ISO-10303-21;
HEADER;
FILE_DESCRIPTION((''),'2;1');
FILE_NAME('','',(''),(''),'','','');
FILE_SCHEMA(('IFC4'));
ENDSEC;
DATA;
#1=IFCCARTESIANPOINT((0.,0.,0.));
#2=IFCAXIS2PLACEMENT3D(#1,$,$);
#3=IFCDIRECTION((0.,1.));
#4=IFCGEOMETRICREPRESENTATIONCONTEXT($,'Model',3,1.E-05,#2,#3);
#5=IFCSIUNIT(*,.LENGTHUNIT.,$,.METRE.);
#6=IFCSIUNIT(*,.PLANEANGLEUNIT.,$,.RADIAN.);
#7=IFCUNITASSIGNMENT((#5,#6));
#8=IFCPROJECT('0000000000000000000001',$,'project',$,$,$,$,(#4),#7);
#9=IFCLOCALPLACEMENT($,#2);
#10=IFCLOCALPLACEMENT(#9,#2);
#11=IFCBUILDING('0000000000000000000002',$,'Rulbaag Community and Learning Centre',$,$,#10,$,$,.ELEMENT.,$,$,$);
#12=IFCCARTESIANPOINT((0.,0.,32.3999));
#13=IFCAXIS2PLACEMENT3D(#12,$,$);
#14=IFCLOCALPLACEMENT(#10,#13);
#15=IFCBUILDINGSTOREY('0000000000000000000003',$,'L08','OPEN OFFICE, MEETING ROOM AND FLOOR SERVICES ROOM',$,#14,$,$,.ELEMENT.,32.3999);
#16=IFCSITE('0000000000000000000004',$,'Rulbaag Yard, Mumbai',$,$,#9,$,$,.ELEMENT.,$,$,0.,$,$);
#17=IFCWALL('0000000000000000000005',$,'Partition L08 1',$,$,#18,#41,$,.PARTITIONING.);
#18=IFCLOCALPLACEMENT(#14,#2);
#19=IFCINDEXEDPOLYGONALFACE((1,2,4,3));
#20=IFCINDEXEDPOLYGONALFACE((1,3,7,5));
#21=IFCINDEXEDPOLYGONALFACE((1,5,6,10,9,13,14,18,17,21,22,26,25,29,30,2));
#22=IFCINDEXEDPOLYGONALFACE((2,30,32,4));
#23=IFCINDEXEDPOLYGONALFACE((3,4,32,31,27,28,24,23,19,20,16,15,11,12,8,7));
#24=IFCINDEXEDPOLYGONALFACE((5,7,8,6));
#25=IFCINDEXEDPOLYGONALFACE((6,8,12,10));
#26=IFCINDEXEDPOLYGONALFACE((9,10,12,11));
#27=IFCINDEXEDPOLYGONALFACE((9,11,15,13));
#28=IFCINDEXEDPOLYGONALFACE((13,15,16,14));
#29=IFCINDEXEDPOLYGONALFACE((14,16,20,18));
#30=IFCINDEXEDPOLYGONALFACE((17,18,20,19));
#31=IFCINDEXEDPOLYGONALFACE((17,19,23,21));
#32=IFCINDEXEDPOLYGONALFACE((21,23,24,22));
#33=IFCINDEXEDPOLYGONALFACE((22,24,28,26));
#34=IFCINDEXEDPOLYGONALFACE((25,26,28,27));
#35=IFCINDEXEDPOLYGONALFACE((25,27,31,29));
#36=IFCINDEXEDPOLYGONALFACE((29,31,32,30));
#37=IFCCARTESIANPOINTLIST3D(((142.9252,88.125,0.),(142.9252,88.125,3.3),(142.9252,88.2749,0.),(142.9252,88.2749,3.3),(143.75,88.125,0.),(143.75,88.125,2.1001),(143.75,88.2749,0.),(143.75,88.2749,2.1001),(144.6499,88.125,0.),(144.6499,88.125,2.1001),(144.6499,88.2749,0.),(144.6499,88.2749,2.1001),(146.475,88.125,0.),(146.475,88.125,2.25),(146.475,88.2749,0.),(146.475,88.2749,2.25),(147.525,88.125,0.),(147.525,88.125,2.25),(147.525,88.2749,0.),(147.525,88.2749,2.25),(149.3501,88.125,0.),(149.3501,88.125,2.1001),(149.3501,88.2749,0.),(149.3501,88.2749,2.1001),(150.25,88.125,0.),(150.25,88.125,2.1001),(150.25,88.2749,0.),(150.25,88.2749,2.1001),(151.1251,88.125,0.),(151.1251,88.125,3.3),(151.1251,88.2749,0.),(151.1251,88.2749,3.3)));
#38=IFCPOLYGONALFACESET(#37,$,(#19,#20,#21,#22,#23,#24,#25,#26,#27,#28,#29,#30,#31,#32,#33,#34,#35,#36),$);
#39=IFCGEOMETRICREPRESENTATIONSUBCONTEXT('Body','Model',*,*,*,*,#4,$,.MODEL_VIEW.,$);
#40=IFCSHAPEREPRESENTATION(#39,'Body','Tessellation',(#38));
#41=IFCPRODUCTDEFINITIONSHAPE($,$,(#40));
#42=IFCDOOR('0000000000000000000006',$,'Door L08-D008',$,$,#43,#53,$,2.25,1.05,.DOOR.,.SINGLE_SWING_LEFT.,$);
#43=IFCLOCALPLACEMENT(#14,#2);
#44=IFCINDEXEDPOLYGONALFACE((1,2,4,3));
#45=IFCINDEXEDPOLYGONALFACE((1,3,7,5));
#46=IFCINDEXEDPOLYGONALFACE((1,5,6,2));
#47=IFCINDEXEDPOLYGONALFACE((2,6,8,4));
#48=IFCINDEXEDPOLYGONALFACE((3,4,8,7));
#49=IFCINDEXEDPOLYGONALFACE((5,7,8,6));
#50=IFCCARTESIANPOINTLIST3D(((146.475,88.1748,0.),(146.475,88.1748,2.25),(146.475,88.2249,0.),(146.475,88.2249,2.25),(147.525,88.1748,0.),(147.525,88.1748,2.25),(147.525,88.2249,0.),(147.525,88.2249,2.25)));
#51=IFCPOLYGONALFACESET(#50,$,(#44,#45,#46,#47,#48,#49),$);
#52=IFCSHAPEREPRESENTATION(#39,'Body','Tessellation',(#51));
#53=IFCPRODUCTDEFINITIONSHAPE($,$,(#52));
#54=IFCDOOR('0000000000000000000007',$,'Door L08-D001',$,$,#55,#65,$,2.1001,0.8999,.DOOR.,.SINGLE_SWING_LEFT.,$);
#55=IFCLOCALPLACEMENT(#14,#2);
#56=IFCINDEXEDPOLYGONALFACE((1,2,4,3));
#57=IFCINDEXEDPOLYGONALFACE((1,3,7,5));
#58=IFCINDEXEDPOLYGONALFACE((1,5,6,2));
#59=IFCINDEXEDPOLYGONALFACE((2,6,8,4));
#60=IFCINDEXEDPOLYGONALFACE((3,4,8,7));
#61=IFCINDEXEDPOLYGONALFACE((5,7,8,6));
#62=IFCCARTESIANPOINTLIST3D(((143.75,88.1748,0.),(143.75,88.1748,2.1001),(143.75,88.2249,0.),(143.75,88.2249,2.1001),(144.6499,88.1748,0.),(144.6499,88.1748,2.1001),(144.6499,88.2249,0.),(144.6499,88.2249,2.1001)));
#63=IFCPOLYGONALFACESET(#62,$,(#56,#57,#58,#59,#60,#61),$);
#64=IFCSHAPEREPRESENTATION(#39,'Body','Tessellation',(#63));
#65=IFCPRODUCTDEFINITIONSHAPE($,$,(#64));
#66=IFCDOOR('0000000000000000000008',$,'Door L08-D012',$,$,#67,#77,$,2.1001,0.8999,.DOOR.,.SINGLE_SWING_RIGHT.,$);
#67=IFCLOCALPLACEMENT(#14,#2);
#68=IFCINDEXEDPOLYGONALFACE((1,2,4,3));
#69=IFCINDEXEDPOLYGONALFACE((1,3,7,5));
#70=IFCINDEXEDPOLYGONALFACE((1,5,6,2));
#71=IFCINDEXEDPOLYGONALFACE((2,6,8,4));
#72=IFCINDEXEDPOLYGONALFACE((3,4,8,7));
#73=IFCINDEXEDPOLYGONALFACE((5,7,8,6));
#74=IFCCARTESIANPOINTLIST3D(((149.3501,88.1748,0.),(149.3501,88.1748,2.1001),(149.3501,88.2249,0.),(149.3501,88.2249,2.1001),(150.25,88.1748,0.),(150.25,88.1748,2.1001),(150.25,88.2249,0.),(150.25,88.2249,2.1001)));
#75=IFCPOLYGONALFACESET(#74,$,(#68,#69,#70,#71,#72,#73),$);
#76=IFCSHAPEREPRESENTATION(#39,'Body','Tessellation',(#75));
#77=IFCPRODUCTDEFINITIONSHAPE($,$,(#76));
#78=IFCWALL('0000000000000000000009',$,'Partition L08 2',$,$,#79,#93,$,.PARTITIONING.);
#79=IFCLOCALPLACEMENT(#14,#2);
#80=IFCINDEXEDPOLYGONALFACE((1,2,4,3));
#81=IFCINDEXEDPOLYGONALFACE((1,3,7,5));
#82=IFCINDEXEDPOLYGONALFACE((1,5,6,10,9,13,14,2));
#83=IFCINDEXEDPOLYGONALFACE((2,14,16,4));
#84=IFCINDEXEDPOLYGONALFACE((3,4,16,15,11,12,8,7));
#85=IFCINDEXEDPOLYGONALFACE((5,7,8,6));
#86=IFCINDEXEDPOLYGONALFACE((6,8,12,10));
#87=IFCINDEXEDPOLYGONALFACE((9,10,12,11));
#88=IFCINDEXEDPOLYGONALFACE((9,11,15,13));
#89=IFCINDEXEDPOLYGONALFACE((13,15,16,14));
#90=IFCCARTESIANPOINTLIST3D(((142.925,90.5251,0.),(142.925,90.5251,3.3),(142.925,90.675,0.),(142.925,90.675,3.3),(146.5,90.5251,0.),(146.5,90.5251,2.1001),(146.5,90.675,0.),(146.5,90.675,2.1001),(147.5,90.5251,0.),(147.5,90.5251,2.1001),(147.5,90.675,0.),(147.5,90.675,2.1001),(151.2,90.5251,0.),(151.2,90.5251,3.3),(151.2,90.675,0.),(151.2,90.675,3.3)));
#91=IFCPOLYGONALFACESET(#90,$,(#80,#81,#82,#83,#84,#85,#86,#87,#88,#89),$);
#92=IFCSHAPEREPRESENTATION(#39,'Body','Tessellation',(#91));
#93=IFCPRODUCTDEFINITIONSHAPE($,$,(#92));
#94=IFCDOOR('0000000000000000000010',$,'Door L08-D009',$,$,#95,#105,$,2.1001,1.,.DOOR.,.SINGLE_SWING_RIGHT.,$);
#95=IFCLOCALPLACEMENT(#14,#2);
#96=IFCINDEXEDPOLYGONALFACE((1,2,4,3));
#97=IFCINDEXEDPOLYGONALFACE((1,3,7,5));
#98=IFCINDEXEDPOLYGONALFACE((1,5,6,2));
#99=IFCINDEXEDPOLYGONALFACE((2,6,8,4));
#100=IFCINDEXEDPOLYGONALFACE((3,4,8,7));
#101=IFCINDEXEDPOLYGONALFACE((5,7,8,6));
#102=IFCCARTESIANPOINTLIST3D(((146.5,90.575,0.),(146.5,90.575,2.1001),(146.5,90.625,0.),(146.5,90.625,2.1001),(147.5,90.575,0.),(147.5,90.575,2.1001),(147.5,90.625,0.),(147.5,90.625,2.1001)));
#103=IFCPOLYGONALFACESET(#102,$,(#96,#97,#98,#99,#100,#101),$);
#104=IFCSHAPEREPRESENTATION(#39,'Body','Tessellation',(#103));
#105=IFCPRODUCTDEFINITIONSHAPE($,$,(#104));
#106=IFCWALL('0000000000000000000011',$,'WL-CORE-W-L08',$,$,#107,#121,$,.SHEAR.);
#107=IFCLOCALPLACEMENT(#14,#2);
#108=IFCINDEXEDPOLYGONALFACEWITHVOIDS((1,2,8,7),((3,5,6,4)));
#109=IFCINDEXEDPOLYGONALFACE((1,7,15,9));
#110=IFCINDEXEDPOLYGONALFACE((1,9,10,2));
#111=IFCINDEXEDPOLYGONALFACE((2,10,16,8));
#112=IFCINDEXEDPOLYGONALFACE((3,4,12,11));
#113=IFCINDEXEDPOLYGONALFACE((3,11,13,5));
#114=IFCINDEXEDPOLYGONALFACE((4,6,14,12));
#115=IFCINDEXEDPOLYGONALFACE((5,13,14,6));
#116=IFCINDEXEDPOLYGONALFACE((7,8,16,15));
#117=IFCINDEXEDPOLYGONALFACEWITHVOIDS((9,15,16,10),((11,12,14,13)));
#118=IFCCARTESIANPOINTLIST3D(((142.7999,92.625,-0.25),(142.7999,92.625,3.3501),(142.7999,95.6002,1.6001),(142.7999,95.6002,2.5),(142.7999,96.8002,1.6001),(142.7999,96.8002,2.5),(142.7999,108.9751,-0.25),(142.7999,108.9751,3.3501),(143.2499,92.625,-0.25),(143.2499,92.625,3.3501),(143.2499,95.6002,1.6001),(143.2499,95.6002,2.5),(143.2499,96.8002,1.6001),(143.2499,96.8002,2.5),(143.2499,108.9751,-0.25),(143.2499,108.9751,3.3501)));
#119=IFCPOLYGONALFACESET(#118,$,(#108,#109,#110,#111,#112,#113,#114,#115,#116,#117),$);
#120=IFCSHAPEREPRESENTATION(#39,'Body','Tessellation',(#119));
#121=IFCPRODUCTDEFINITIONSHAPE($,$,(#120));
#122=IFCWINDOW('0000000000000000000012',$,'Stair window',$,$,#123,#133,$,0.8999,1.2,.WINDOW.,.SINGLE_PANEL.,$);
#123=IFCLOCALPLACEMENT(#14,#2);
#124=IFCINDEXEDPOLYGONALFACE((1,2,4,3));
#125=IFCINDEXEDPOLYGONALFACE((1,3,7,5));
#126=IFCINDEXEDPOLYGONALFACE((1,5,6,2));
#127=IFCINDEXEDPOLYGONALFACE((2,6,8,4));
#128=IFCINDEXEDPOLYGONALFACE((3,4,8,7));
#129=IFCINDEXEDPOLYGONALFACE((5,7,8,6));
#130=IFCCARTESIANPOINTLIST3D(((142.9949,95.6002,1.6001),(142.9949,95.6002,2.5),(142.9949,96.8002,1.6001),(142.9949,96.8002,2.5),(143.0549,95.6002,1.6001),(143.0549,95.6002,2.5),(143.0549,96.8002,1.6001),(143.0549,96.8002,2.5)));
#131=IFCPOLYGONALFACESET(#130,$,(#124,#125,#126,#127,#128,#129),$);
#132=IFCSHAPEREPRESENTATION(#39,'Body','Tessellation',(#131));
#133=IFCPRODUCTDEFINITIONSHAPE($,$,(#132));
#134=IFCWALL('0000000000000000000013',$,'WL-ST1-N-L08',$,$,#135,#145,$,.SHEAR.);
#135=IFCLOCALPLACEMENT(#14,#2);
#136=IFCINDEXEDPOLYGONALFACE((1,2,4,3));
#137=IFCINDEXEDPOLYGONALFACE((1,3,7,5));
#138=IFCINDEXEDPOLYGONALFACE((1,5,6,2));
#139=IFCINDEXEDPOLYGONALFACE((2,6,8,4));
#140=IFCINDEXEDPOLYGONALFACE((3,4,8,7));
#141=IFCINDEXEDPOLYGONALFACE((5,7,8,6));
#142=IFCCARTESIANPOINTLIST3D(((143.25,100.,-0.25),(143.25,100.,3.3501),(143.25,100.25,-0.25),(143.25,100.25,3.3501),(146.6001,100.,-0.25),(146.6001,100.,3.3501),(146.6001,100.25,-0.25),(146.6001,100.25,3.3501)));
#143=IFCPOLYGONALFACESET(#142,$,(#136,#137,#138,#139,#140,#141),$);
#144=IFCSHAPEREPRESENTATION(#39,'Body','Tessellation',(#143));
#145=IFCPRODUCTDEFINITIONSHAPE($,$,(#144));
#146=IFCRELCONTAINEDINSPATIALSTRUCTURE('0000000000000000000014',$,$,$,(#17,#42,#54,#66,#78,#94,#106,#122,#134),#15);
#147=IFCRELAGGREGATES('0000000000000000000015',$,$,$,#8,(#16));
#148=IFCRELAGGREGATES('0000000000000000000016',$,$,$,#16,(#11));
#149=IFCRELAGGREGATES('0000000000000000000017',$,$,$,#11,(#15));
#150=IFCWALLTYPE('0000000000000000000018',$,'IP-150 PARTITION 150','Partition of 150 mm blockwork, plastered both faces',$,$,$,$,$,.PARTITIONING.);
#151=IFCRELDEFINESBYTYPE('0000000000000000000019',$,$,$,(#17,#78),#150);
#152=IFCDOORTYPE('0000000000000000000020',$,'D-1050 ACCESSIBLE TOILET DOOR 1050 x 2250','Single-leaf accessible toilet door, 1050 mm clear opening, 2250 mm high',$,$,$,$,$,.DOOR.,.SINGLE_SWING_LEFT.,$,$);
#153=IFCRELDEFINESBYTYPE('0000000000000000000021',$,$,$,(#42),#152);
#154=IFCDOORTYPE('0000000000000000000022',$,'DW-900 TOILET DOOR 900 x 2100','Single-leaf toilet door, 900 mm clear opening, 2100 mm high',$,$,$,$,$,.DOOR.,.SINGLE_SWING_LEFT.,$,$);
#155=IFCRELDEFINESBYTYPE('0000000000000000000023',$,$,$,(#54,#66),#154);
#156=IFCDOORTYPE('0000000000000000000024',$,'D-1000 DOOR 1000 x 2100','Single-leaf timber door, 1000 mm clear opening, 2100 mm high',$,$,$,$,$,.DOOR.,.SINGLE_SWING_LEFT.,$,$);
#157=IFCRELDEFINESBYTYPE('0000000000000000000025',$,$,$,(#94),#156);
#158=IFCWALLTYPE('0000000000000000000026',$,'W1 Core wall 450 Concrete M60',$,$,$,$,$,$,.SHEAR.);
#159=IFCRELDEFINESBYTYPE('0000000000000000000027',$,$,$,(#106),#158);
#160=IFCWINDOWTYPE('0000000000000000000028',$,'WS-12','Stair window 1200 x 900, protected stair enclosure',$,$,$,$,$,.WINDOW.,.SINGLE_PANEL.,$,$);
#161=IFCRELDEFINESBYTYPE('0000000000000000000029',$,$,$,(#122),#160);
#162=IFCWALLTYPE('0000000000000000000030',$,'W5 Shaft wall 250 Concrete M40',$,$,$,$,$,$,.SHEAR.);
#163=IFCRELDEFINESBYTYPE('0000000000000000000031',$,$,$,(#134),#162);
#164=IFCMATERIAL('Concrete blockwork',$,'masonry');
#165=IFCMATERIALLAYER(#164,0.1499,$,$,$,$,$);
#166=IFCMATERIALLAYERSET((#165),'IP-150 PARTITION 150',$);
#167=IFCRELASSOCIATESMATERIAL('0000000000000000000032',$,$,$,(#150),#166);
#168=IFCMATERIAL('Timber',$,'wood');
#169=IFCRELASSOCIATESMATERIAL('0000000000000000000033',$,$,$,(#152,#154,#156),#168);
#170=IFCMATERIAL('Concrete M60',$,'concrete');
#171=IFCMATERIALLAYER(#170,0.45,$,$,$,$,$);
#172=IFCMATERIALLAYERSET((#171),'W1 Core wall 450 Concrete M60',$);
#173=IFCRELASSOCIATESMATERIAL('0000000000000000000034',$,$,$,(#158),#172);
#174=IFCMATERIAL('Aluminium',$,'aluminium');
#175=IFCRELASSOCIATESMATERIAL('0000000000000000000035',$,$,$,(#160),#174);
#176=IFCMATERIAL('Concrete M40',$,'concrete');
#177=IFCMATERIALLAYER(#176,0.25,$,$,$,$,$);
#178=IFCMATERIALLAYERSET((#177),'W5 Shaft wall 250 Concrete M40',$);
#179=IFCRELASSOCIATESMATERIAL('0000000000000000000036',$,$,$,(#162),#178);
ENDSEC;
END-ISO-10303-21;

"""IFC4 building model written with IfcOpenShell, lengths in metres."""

from ifc_helpers import new_model, si_unit, direction, frame, frame_2d, origin, place, context, subcontext, project, spatial, rectangle, extrude, material, layer, layer_set, type_object, element, fill, save


model = new_model("IFC4")

# Units and contexts
model_context = context("Model", 3, precision=1e-05, world=origin(), true_north=direction((0.0, 1.0)))
body_context = subcontext(model_context, "Body", "Model", "MODEL_VIEW")
ifc_project = project(units=[si_unit("LENGTHUNIT", "METRE"), si_unit("PLANEANGLEUNIT", "RADIAN")], contexts=[model_context])

# Site, building, storey
site_placement = place(None, origin())
site = spatial("IfcSite", under=ifc_project, at=site_placement, Name="Rulbaag Yard, Mumbai", CompositionType="ELEMENT", RefElevation=0.0)
building_placement = place(site_placement, origin())
building = spatial("IfcBuilding", under=site, at=building_placement, Name="Rulbaag Community and Learning Centre", CompositionType="ELEMENT")
storey_placement = place(building_placement, frame((0.0, 0.0, 32.3999)))
storey = spatial("IfcBuildingStorey", under=building, at=storey_placement, Name="L08", Description="OPEN OFFICE, MEETING ROOM AND FLOOR SERVICES ROOM", CompositionType="ELEMENT", Elevation=32.3999)

# Shared definitions
ifc_material_1 = material(Name="Concrete M40", Category="concrete")

# Shared definitions
ifc_material_2 = material(Name="Aluminium", Category="aluminium")

# Wall, openings, doors
ifc_material_3 = material(Name="Concrete blockwork", Category="masonry")
ifc_material_4 = material(Name="Timber", Category="wood")
ifc_layer_1 = layer(ifc_material_3, 0.1499)
ifc_layer_set_1 = layer_set([ifc_layer_1], Name="IP-150 PARTITION 150")
wall_type_1 = type_object("IfcWallType", Name="IP-150 PARTITION 150", Description="Partition of 150 mm blockwork, plastered both faces", PredefinedType="PARTITIONING", material=ifc_layer_set_1)
wall_1_placement = place(storey_placement, frame((142.925, 88.2, 0.0), z_axis=(0.0, 0.0, 1.0), x_axis=(1.0, 0.0, 0.0)))
wall_1 = element("IfcWall", 1, at=wall_1_placement, inside=storey, type_object=wall_type_1, Name="Partition L08 1", PredefinedType="PARTITIONING", context=body_context, shape_type="SweptSolid", body=[
    extrude(rectangle(XDim=8.2, YDim=0.1499, at=frame_2d((4.1001, 0.0))), origin(), (0.0, 0.0, 1.0), 3.3),
])
opening_1_placement = place(wall_1_placement, frame((0.825, 0.0, 0.0)))
opening_1 = element("IfcOpeningElement", 2, at=opening_1_placement, cuts=wall_1, PredefinedType="OPENING", context=body_context, shape_type="SweptSolid", body=[
    extrude(rectangle(XDim=0.8999, YDim=2.1001, at=frame_2d((0.45, 1.05))), frame((0.0, 0.085, 0.0), z_axis=(0.0, -1.0, 0.0), x_axis=(1.0, 0.0, 0.0)), (0.0, 0.0, 1.0), 0.1699),
])
opening_2_placement = place(wall_1_placement, frame((3.55, 0.0, 0.0)))
opening_2 = element("IfcOpeningElement", 3, at=opening_2_placement, cuts=wall_1, PredefinedType="OPENING", context=body_context, shape_type="SweptSolid", body=[
    extrude(rectangle(XDim=1.05, YDim=2.25, at=frame_2d((0.5249, 1.125))), frame((0.0, 0.085, 0.0), z_axis=(0.0, -1.0, 0.0), x_axis=(1.0, 0.0, 0.0)), (0.0, 0.0, 1.0), 0.1699),
])
opening_3_placement = place(wall_1_placement, frame((6.425, 0.0, 0.0)))
opening_3 = element("IfcOpeningElement", 4, at=opening_3_placement, cuts=wall_1, PredefinedType="OPENING", context=body_context, shape_type="SweptSolid", body=[
    extrude(rectangle(XDim=0.8999, YDim=2.1001, at=frame_2d((0.45, 1.05))), frame((0.0, 0.085, 0.0), z_axis=(0.0, -1.0, 0.0), x_axis=(1.0, 0.0, 0.0)), (0.0, 0.0, 1.0), 0.1699),
])
door_type_1 = type_object("IfcDoorType", Name="D-1050 ACCESSIBLE TOILET DOOR 1050 x 2250", Description="Single-leaf accessible toilet door, 1050 mm clear opening, 2250 mm high", OperationType="SINGLE_SWING_LEFT", PredefinedType="DOOR", material=ifc_material_4)
door_1_placement = place(opening_2_placement, origin())
door_1 = element("IfcDoor", 5, at=door_1_placement, inside=storey, type_object=door_type_1, Name="Door L08-D008", OperationType="SINGLE_SWING_LEFT", OverallHeight=2.25, OverallWidth=1.05, PredefinedType="DOOR", context=body_context, shape_type="SweptSolid", body=[
    extrude(rectangle(XDim=1.05, YDim=2.25, at=frame_2d((0.5249, 1.125))), frame((0.0, 0.0249, 0.0), z_axis=(0.0, -1.0, 0.0), x_axis=(1.0, 0.0, 0.0)), (0.0, 0.0, 1.0), 0.05),
])
fill(opening_2, door_1)
door_type_2 = type_object("IfcDoorType", Name="DW-900 TOILET DOOR 900 x 2100", Description="Single-leaf toilet door, 900 mm clear opening, 2100 mm high", OperationType="SINGLE_SWING_LEFT", PredefinedType="DOOR", material=ifc_material_4)
door_2_placement = place(opening_1_placement, origin())
door_2 = element("IfcDoor", 6, at=door_2_placement, inside=storey, type_object=door_type_2, Name="Door L08-D001", OperationType="SINGLE_SWING_LEFT", OverallHeight=2.1001, OverallWidth=0.8999, PredefinedType="DOOR", context=body_context, shape_type="SweptSolid", body=[
    extrude(rectangle(XDim=0.8999, YDim=2.1001, at=frame_2d((0.45, 1.05))), frame((0.0, 0.0249, 0.0), z_axis=(0.0, -1.0, 0.0), x_axis=(1.0, 0.0, 0.0)), (0.0, 0.0, 1.0), 0.05),
])
fill(opening_1, door_2)
door_3_placement = place(opening_3_placement, origin())
door_3 = element("IfcDoor", 7, at=door_3_placement, inside=storey, type_object=door_type_2, Name="Door L08-D012", OperationType="SINGLE_SWING_RIGHT", OverallHeight=2.1001, OverallWidth=0.8999, PredefinedType="DOOR", context=body_context, shape_type="SweptSolid", body=[
    extrude(rectangle(XDim=0.8999, YDim=2.1001, at=frame_2d((0.45, 1.05))), frame((0.0, 0.0249, 0.0), z_axis=(0.0, -1.0, 0.0), x_axis=(1.0, 0.0, 0.0)), (0.0, 0.0, 1.0), 0.05),
])
fill(opening_3, door_3)

# Wall, opening, door
wall_2_placement = place(storey_placement, frame((142.925, 90.6001, 0.0), z_axis=(0.0, 0.0, 1.0), x_axis=(1.0, 0.0, 0.0)))
wall_2 = element("IfcWall", 8, at=wall_2_placement, inside=storey, type_object=wall_type_1, Name="Partition L08 2", PredefinedType="PARTITIONING", context=body_context, shape_type="SweptSolid", body=[
    extrude(rectangle(XDim=8.2749, YDim=0.1499, at=frame_2d((4.1375, 0.0))), origin(), (0.0, 0.0, 1.0), 3.3),
])
opening_4_placement = place(wall_2_placement, frame((3.575, 0.0, 0.0)))
opening_4 = element("IfcOpeningElement", 9, at=opening_4_placement, cuts=wall_2, PredefinedType="OPENING", context=body_context, shape_type="SweptSolid", body=[
    extrude(rectangle(XDim=1.0, YDim=2.1001, at=frame_2d((0.5, 1.05))), frame((0.0, 0.085, 0.0), z_axis=(0.0, -1.0, 0.0), x_axis=(1.0, 0.0, 0.0)), (0.0, 0.0, 1.0), 0.1699),
])
door_type_3 = type_object("IfcDoorType", Name="D-1000 DOOR 1000 x 2100", Description="Single-leaf timber door, 1000 mm clear opening, 2100 mm high", OperationType="SINGLE_SWING_LEFT", PredefinedType="DOOR", material=ifc_material_4)
door_4_placement = place(opening_4_placement, origin())
door_4 = element("IfcDoor", 10, at=door_4_placement, inside=storey, type_object=door_type_3, Name="Door L08-D009", OperationType="SINGLE_SWING_RIGHT", OverallHeight=2.1001, OverallWidth=1.0, PredefinedType="DOOR", context=body_context, shape_type="SweptSolid", body=[
    extrude(rectangle(XDim=1.0, YDim=2.1001, at=frame_2d((0.5, 1.05))), frame((0.0, 0.0249, 0.0), z_axis=(0.0, -1.0, 0.0), x_axis=(1.0, 0.0, 0.0)), (0.0, 0.0, 1.0), 0.05),
])
fill(opening_4, door_4)

# Wall, opening, window
ifc_material_5 = material(Name="Concrete M60", Category="concrete")
ifc_layer_2 = layer(ifc_material_5, 0.45)
ifc_layer_set_2 = layer_set([ifc_layer_2], Name="W1 Core wall 450 Concrete M60")
wall_type_2 = type_object("IfcWallType", Name="W1 Core wall 450 Concrete M60", PredefinedType="SHEAR", material=ifc_layer_set_2)
wall_3_placement = place(storey_placement, frame((143.0249, 92.625, -0.25), z_axis=(0.0, 0.0, 1.0), x_axis=(0.0, 1.0, 0.0)))
wall_3 = element("IfcWall", 11, at=wall_3_placement, inside=storey, type_object=wall_type_2, Name="WL-CORE-W-L08", PredefinedType="SHEAR", context=body_context, shape_type="SweptSolid", body=[
    extrude(rectangle(XDim=16.3501, YDim=0.45, at=frame_2d((8.175, 0.0))), origin(), (0.0, 0.0, 1.0), 3.6001),
])
opening_5_placement = place(wall_3_placement, frame((2.9751, 0.0, 1.8501)))
opening_5 = element("IfcOpeningElement", 12, at=opening_5_placement, cuts=wall_3, PredefinedType="OPENING", context=body_context, shape_type="SweptSolid", body=[
    extrude(rectangle(XDim=1.2, YDim=0.8999, at=frame_2d((0.6001, 0.45))), frame((0.0, 0.2349, 0.0), z_axis=(0.0, -1.0, 0.0), x_axis=(1.0, 0.0, 0.0)), (0.0, 0.0, 1.0), 0.47),
])
window_type = type_object("IfcWindowType", Name="WS-12", Description="Stair window 1200 x 900, protected stair enclosure", PartitioningType="SINGLE_PANEL", PredefinedType="WINDOW", material=ifc_material_2)
window_placement = place(opening_5_placement, origin())
window = element("IfcWindow", 13, at=window_placement, inside=storey, type_object=window_type, Name="Stair window", OverallHeight=0.8999, OverallWidth=1.2, PartitioningType="SINGLE_PANEL", PredefinedType="WINDOW", context=body_context, shape_type="SweptSolid", body=[
    extrude(rectangle(XDim=1.2, YDim=0.8999, at=frame_2d((0.6001, 0.45))), frame((0.0, 0.03, 0.0), z_axis=(0.0, -1.0, 0.0), x_axis=(1.0, 0.0, 0.0)), (0.0, 0.0, 1.0), 0.0601),
])
fill(opening_5, window)

# Wall
ifc_layer_3 = layer(ifc_material_1, 0.25)
ifc_layer_set_3 = layer_set([ifc_layer_3], Name="W5 Shaft wall 250 Concrete M40")
wall_type_3 = type_object("IfcWallType", Name="W5 Shaft wall 250 Concrete M40", PredefinedType="SHEAR", material=ifc_layer_set_3)
wall_4_placement = place(storey_placement, frame((143.25, 100.125, -0.25), z_axis=(0.0, 0.0, 1.0), x_axis=(1.0, 0.0, 0.0)))
element("IfcWall", 14, at=wall_4_placement, inside=storey, type_object=wall_type_3, Name="WL-ST1-N-L08", PredefinedType="SHEAR", context=body_context, shape_type="SweptSolid", body=[
    extrude(rectangle(XDim=3.3501, YDim=0.25, at=frame_2d((1.675, 0.0))), origin(), (0.0, 0.0, 1.0), 3.6001),
])

save(model, "model.ifc")
